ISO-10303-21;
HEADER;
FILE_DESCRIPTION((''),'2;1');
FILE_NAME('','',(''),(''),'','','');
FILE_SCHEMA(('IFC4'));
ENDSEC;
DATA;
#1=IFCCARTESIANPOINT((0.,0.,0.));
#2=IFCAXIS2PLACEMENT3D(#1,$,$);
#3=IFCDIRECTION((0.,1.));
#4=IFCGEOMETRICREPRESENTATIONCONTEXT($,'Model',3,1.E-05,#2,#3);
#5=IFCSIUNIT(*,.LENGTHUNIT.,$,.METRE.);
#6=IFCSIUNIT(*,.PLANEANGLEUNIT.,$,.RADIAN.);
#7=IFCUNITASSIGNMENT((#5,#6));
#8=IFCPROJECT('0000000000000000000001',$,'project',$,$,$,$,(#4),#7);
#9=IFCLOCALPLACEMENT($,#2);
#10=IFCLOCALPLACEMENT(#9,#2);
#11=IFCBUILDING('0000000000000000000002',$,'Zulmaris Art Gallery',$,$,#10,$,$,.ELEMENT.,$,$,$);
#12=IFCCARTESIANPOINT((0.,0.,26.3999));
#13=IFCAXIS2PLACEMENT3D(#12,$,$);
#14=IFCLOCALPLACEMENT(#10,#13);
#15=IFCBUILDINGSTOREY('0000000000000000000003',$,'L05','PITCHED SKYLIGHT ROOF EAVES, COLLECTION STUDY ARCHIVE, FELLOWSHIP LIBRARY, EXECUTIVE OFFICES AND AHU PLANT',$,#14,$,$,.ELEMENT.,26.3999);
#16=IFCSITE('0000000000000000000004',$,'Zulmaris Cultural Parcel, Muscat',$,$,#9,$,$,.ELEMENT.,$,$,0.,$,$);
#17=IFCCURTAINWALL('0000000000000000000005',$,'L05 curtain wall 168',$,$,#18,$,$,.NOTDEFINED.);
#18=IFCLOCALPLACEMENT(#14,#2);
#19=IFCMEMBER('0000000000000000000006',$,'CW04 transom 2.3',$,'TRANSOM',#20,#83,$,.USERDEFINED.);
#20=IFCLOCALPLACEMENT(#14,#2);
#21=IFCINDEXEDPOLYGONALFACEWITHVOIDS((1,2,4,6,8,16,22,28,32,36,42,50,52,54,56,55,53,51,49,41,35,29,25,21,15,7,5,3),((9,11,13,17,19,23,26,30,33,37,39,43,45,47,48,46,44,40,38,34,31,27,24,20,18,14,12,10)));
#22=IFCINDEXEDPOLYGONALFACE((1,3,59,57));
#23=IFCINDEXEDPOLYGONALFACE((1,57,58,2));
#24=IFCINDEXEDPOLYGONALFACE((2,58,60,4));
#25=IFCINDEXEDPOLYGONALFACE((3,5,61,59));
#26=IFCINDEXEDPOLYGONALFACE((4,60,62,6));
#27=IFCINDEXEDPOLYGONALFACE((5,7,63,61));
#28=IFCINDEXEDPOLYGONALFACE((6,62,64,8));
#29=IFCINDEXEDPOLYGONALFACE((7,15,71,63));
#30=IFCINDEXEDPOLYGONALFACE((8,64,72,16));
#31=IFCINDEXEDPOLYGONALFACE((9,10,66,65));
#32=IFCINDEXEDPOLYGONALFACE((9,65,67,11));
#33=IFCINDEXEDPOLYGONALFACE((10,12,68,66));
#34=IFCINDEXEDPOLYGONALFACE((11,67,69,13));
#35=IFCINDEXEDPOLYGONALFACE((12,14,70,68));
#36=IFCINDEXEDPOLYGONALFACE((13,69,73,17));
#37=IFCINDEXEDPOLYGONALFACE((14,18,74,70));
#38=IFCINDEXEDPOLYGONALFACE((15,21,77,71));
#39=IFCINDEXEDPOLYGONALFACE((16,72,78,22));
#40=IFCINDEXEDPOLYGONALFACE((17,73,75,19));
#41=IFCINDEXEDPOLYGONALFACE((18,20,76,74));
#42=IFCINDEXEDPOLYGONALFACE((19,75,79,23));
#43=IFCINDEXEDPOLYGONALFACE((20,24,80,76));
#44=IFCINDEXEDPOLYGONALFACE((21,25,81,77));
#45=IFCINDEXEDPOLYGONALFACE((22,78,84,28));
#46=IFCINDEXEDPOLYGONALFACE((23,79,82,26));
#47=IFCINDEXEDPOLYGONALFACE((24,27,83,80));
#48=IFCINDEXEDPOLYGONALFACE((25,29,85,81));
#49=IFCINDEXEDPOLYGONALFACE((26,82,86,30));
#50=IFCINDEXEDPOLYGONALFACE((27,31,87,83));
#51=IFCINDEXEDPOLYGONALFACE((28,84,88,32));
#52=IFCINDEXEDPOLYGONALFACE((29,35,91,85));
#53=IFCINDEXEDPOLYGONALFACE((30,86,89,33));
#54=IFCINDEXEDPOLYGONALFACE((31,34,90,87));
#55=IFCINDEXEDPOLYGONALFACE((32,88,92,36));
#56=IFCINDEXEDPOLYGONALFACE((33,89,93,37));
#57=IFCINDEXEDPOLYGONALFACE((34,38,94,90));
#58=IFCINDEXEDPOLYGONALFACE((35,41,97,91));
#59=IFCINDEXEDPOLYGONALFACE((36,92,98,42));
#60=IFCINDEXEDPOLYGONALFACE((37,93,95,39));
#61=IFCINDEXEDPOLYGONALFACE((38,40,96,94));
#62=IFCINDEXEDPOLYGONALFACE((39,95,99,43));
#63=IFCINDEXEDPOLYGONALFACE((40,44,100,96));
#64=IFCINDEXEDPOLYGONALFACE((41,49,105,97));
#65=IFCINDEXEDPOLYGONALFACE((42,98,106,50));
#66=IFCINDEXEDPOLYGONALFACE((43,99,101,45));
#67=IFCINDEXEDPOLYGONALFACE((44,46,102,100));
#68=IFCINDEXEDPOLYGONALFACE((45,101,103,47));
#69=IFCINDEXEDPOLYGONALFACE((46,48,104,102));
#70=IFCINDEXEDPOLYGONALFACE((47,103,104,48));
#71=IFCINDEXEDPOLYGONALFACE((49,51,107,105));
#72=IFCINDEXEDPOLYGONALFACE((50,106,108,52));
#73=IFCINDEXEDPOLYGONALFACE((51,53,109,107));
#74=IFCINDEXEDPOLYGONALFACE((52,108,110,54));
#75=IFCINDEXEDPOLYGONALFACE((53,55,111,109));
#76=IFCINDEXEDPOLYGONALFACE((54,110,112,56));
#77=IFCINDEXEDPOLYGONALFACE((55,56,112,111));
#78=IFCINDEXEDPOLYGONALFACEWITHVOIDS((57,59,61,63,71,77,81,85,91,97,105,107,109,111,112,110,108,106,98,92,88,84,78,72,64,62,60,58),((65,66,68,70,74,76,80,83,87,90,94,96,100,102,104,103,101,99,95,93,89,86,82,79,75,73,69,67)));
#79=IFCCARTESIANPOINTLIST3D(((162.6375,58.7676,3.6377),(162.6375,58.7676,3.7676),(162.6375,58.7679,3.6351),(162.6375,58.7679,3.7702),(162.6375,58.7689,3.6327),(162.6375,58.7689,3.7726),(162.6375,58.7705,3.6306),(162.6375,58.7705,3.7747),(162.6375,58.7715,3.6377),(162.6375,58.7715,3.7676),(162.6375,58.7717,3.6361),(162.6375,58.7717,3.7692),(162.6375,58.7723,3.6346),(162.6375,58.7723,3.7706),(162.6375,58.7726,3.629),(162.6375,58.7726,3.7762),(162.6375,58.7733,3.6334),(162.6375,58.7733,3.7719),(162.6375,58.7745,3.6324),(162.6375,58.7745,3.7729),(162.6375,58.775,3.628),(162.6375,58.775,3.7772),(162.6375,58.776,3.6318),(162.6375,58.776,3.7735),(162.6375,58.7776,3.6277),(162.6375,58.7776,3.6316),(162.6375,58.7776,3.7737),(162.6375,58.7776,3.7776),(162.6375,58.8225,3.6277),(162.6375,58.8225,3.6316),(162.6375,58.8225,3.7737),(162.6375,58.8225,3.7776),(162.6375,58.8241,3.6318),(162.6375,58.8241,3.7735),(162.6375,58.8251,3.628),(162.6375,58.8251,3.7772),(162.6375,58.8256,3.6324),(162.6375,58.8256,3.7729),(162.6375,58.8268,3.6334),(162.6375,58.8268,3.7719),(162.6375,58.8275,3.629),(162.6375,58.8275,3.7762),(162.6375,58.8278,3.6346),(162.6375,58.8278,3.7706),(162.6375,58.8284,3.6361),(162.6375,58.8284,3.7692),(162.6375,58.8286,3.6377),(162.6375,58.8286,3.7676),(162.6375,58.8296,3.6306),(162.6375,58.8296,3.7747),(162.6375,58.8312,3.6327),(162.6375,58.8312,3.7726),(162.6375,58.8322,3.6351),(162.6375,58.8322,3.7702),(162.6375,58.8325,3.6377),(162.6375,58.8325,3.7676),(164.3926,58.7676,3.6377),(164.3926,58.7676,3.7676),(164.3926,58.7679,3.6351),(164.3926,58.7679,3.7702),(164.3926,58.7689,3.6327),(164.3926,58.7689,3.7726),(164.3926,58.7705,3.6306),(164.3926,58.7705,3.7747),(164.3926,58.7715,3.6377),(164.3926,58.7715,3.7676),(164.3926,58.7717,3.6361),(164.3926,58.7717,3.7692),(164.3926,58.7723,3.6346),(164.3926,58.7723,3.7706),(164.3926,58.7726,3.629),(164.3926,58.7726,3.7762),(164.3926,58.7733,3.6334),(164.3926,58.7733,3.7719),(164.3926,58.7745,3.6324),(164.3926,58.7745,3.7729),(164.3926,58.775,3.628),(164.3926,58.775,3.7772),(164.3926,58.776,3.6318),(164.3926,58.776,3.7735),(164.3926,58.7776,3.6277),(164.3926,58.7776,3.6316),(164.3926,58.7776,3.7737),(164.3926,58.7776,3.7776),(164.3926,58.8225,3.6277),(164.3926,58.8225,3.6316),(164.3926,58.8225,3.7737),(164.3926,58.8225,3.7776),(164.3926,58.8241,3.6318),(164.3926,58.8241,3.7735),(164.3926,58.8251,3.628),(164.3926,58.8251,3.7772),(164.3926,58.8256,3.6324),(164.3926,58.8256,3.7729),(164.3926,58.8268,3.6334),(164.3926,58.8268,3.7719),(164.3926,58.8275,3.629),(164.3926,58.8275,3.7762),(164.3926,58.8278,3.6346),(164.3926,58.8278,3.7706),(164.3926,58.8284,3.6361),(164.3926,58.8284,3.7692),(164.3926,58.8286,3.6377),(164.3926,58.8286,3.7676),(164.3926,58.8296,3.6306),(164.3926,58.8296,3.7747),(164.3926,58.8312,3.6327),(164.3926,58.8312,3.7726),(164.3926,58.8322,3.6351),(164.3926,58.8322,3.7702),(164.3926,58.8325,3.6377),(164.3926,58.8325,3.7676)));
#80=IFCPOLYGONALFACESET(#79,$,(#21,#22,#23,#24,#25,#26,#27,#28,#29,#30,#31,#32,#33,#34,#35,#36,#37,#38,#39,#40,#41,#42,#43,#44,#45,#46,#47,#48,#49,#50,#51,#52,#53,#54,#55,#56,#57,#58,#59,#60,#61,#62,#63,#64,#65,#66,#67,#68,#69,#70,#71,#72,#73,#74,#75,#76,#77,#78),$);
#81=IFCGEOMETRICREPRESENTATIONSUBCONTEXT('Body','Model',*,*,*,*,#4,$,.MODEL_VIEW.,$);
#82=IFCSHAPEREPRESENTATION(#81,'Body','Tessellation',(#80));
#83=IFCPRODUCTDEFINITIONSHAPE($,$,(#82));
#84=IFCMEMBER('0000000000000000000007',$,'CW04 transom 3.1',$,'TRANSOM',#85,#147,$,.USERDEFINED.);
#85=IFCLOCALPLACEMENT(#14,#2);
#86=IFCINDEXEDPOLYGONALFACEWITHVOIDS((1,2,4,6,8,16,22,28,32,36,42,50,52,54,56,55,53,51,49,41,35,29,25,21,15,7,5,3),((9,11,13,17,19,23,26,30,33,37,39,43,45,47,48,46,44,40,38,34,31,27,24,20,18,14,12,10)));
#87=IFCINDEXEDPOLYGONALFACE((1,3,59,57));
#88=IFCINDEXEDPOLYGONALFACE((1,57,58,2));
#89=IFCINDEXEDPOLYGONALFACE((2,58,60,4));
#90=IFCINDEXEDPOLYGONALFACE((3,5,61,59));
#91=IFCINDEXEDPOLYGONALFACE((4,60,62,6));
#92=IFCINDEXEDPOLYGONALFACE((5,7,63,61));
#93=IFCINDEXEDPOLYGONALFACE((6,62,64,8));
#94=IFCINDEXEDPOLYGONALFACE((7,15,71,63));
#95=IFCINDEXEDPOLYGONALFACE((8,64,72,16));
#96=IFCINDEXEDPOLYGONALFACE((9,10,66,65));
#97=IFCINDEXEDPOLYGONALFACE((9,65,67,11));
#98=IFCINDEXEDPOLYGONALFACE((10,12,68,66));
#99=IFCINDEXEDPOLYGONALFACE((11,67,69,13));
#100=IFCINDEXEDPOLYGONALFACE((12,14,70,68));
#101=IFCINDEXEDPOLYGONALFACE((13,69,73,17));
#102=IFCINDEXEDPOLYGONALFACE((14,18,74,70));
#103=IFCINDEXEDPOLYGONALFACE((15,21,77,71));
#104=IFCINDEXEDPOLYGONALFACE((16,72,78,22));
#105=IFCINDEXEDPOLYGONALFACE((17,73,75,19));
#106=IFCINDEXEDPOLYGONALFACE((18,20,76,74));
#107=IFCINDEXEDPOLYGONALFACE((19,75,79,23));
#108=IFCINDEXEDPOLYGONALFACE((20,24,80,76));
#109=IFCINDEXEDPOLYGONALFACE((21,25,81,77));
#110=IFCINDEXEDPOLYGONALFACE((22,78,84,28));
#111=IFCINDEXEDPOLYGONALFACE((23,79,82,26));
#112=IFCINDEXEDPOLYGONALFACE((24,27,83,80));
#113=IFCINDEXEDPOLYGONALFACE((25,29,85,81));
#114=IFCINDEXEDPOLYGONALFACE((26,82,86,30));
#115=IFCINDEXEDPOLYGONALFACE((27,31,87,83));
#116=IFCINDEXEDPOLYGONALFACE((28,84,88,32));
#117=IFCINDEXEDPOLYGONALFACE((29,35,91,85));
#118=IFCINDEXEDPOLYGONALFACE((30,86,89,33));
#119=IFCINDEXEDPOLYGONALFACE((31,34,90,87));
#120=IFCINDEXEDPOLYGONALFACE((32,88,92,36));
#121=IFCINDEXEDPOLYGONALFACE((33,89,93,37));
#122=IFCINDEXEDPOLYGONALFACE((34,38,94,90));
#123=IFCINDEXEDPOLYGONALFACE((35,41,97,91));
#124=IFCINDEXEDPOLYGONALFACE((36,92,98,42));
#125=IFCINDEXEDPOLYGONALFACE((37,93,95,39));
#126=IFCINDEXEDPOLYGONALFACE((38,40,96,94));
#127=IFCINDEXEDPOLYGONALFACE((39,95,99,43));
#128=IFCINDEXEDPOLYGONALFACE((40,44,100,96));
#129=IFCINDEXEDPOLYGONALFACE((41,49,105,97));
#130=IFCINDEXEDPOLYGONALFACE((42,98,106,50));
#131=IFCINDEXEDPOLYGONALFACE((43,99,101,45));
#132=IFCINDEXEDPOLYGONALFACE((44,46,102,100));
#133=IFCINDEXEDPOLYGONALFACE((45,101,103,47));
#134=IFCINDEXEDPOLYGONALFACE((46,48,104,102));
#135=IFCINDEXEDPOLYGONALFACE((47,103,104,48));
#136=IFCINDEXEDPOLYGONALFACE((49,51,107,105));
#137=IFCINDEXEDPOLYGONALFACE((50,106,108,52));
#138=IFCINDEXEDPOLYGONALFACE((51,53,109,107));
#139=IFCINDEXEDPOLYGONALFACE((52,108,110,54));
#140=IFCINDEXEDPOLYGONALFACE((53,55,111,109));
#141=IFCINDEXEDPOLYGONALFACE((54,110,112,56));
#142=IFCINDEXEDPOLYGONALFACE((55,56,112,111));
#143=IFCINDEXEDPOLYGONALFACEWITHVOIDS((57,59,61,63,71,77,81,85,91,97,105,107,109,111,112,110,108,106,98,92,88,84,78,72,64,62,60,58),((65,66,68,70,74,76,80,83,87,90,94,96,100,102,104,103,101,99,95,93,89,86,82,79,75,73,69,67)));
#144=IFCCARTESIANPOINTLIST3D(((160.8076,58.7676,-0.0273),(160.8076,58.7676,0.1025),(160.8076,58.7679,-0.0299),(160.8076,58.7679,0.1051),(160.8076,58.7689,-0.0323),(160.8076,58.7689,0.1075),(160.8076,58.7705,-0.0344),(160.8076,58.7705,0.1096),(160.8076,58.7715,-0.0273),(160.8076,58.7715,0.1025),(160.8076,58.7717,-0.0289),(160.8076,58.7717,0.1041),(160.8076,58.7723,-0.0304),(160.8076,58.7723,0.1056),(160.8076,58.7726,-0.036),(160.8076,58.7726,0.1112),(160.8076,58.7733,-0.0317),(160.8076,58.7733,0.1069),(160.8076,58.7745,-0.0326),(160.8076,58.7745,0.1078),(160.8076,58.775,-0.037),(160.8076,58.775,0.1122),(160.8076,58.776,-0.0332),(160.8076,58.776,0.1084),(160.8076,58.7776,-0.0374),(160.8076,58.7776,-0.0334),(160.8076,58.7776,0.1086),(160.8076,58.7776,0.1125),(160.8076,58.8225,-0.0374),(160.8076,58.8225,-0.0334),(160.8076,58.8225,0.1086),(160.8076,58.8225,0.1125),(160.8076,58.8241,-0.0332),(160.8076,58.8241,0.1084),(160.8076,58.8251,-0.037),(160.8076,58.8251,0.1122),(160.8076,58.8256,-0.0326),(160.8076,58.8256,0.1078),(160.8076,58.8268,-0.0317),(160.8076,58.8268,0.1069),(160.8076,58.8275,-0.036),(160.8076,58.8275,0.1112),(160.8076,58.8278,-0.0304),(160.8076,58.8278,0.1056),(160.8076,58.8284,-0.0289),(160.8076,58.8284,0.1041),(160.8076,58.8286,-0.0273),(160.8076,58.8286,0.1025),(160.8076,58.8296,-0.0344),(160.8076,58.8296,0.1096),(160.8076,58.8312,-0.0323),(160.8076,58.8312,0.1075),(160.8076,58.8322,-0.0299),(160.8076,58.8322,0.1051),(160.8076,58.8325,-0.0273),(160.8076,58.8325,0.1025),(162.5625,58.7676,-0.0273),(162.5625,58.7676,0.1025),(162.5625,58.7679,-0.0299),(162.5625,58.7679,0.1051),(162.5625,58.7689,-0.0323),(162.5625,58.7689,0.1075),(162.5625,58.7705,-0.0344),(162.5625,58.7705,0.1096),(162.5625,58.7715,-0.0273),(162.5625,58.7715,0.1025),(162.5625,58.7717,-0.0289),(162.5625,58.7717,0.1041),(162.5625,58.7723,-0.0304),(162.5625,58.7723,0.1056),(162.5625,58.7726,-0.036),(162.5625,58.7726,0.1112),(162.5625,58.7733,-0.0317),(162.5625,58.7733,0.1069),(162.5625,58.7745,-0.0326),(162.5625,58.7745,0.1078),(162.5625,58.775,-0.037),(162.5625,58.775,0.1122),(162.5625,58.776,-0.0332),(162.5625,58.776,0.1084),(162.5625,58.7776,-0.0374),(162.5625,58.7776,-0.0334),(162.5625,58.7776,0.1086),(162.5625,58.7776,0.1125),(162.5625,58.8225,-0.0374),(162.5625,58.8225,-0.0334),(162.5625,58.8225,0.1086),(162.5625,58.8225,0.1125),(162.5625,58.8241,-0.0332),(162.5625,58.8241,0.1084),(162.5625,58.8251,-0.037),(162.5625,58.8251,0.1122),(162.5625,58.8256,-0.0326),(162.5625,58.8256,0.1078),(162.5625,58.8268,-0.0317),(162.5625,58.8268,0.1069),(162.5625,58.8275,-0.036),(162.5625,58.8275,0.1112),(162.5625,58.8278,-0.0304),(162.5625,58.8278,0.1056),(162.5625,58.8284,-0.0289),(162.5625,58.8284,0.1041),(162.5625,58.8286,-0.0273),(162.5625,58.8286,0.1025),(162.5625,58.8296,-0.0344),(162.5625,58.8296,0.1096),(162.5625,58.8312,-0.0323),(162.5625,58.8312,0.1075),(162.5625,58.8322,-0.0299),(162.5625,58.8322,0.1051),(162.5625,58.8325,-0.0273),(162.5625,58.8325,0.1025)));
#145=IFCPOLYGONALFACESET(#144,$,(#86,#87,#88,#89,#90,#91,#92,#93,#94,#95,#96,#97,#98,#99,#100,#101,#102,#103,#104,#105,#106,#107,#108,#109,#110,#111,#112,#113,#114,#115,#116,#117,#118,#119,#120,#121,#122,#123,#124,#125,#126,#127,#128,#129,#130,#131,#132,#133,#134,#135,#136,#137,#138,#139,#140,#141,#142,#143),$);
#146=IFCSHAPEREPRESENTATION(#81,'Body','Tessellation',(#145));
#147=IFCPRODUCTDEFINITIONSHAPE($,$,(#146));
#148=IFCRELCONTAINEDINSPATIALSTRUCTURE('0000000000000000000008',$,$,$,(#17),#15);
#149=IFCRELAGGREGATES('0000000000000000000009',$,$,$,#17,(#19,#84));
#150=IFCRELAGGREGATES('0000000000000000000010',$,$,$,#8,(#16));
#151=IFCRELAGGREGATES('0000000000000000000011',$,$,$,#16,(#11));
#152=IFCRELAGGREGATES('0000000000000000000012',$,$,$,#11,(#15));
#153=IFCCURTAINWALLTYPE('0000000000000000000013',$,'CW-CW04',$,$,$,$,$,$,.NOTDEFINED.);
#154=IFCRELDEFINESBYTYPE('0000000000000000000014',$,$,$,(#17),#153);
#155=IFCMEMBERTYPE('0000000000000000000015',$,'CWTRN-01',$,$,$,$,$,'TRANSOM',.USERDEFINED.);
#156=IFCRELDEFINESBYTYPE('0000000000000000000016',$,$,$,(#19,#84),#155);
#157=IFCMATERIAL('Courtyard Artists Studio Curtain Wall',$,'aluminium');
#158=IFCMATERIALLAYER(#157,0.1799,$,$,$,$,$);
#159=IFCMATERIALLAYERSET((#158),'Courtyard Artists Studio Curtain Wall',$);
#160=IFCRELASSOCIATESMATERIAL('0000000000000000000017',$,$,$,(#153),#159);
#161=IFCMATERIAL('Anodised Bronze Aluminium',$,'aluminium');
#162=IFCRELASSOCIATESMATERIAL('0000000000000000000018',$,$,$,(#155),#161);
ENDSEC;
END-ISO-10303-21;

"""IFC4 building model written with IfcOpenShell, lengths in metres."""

from ifc_helpers import new_model, si_unit, direction, frame, origin, origin_2d, place, context, subcontext, project, spatial, hollow_rectangle, extrude, material, layer, layer_set, material_profile, profile_set, type_object, element, aggregate, save


model = new_model("IFC4")

# Units and contexts
model_context = context("Model", 3, precision=1e-05, world=origin(), true_north=direction((0.0, 1.0)))
body_context = subcontext(model_context, "Body", "Model", "MODEL_VIEW")
ifc_project = project(units=[si_unit("LENGTHUNIT", "METRE"), si_unit("PLANEANGLEUNIT", "RADIAN")], contexts=[model_context])

# Site, building, storey
site_placement = place(None, origin())
site = spatial("IfcSite", under=ifc_project, at=site_placement, Name="Zulmaris Cultural Parcel, Muscat", CompositionType="ELEMENT", RefElevation=0.0)
building_placement = place(site_placement, origin())
building = spatial("IfcBuilding", under=site, at=building_placement, Name="Zulmaris Art Gallery", CompositionType="ELEMENT")
storey_placement = place(building_placement, frame((0.0, 0.0, 26.3999)))
storey = spatial("IfcBuildingStorey", under=building, at=storey_placement, Name="L05", Description="PITCHED SKYLIGHT ROOF EAVES, COLLECTION STUDY ARCHIVE, FELLOWSHIP LIBRARY, EXECUTIVE OFFICES AND AHU PLANT", CompositionType="ELEMENT", Elevation=26.3999)

# Curtain wall
ifc_material_1 = material(Name="Courtyard Artists Studio Curtain Wall", Category="aluminium")
ifc_layer_1 = layer(ifc_material_1, 0.1799)
ifc_layer_set_1 = layer_set([ifc_layer_1], Name="Courtyard Artists Studio Curtain Wall")
curtain_wall_type = type_object("IfcCurtainWallType", Name="CW-CW04", PredefinedType="NOTDEFINED", material=ifc_layer_set_1)
curtain_wall_1_placement = place(storey_placement, origin())
curtain_wall_1 = element("IfcCurtainWall", 1, at=curtain_wall_1_placement, inside=storey, type_object=curtain_wall_type, Name="L05 curtain wall 168", PredefinedType="NOTDEFINED")
ifc_material_2 = material(Name="Anodised Bronze Aluminium", Category="aluminium")

# Members
ifc_material_profile_1 = material_profile(ifc_material_2, hollow_rectangle(XDim=0.0649, YDim=0.1499, WallThickness=0.0039, InnerFilletRadius=0.0061, OuterFilletRadius=0.01, at=origin_2d()), Name="ALU 65x150x4")
ifc_profile_set_1 = profile_set([ifc_material_profile_1], Name="Anodised Bronze Aluminium")
member_type_1 = type_object("IfcMemberType", Name="CWTRN-01", ElementType="TRANSOM", PredefinedType="USERDEFINED", material=ifc_profile_set_1)
member_1_placement = place(storey_placement, frame((164.3926, 58.8, 3.7026), z_axis=(-1.0, 0.0, 0.0), x_axis=(0.0, -1.0, 0.0)))
member_1 = element("IfcMember", 2, at=member_1_placement, type_object=member_type_1, Name="CW04 transom 2.3", ObjectType="TRANSOM", PredefinedType="USERDEFINED", context=body_context, shape_type="SweptSolid", body=[
    extrude(hollow_rectangle(XDim=0.0649, YDim=0.1499, WallThickness=0.0039, InnerFilletRadius=0.0061, OuterFilletRadius=0.01, at=origin_2d()), origin(), (0.0, 0.0, 1.0), 1.7551),
])
member_2_placement = place(storey_placement, frame((162.5625, 58.8, 0.0376), z_axis=(-1.0, 0.0, 0.0), x_axis=(0.0, -1.0, 0.0)))
member_2 = element("IfcMember", 3, at=member_2_placement, type_object=member_type_1, Name="CW04 transom 3.1", ObjectType="TRANSOM", PredefinedType="USERDEFINED", context=body_context, shape_type="SweptSolid", body=[
    extrude(hollow_rectangle(XDim=0.0649, YDim=0.1499, WallThickness=0.0039, InnerFilletRadius=0.0061, OuterFilletRadius=0.01, at=origin_2d()), origin(), (0.0, 0.0, 1.0), 1.7549),
])

aggregate(curtain_wall_1, [member_1, member_2])

save(model, "model.ifc")
